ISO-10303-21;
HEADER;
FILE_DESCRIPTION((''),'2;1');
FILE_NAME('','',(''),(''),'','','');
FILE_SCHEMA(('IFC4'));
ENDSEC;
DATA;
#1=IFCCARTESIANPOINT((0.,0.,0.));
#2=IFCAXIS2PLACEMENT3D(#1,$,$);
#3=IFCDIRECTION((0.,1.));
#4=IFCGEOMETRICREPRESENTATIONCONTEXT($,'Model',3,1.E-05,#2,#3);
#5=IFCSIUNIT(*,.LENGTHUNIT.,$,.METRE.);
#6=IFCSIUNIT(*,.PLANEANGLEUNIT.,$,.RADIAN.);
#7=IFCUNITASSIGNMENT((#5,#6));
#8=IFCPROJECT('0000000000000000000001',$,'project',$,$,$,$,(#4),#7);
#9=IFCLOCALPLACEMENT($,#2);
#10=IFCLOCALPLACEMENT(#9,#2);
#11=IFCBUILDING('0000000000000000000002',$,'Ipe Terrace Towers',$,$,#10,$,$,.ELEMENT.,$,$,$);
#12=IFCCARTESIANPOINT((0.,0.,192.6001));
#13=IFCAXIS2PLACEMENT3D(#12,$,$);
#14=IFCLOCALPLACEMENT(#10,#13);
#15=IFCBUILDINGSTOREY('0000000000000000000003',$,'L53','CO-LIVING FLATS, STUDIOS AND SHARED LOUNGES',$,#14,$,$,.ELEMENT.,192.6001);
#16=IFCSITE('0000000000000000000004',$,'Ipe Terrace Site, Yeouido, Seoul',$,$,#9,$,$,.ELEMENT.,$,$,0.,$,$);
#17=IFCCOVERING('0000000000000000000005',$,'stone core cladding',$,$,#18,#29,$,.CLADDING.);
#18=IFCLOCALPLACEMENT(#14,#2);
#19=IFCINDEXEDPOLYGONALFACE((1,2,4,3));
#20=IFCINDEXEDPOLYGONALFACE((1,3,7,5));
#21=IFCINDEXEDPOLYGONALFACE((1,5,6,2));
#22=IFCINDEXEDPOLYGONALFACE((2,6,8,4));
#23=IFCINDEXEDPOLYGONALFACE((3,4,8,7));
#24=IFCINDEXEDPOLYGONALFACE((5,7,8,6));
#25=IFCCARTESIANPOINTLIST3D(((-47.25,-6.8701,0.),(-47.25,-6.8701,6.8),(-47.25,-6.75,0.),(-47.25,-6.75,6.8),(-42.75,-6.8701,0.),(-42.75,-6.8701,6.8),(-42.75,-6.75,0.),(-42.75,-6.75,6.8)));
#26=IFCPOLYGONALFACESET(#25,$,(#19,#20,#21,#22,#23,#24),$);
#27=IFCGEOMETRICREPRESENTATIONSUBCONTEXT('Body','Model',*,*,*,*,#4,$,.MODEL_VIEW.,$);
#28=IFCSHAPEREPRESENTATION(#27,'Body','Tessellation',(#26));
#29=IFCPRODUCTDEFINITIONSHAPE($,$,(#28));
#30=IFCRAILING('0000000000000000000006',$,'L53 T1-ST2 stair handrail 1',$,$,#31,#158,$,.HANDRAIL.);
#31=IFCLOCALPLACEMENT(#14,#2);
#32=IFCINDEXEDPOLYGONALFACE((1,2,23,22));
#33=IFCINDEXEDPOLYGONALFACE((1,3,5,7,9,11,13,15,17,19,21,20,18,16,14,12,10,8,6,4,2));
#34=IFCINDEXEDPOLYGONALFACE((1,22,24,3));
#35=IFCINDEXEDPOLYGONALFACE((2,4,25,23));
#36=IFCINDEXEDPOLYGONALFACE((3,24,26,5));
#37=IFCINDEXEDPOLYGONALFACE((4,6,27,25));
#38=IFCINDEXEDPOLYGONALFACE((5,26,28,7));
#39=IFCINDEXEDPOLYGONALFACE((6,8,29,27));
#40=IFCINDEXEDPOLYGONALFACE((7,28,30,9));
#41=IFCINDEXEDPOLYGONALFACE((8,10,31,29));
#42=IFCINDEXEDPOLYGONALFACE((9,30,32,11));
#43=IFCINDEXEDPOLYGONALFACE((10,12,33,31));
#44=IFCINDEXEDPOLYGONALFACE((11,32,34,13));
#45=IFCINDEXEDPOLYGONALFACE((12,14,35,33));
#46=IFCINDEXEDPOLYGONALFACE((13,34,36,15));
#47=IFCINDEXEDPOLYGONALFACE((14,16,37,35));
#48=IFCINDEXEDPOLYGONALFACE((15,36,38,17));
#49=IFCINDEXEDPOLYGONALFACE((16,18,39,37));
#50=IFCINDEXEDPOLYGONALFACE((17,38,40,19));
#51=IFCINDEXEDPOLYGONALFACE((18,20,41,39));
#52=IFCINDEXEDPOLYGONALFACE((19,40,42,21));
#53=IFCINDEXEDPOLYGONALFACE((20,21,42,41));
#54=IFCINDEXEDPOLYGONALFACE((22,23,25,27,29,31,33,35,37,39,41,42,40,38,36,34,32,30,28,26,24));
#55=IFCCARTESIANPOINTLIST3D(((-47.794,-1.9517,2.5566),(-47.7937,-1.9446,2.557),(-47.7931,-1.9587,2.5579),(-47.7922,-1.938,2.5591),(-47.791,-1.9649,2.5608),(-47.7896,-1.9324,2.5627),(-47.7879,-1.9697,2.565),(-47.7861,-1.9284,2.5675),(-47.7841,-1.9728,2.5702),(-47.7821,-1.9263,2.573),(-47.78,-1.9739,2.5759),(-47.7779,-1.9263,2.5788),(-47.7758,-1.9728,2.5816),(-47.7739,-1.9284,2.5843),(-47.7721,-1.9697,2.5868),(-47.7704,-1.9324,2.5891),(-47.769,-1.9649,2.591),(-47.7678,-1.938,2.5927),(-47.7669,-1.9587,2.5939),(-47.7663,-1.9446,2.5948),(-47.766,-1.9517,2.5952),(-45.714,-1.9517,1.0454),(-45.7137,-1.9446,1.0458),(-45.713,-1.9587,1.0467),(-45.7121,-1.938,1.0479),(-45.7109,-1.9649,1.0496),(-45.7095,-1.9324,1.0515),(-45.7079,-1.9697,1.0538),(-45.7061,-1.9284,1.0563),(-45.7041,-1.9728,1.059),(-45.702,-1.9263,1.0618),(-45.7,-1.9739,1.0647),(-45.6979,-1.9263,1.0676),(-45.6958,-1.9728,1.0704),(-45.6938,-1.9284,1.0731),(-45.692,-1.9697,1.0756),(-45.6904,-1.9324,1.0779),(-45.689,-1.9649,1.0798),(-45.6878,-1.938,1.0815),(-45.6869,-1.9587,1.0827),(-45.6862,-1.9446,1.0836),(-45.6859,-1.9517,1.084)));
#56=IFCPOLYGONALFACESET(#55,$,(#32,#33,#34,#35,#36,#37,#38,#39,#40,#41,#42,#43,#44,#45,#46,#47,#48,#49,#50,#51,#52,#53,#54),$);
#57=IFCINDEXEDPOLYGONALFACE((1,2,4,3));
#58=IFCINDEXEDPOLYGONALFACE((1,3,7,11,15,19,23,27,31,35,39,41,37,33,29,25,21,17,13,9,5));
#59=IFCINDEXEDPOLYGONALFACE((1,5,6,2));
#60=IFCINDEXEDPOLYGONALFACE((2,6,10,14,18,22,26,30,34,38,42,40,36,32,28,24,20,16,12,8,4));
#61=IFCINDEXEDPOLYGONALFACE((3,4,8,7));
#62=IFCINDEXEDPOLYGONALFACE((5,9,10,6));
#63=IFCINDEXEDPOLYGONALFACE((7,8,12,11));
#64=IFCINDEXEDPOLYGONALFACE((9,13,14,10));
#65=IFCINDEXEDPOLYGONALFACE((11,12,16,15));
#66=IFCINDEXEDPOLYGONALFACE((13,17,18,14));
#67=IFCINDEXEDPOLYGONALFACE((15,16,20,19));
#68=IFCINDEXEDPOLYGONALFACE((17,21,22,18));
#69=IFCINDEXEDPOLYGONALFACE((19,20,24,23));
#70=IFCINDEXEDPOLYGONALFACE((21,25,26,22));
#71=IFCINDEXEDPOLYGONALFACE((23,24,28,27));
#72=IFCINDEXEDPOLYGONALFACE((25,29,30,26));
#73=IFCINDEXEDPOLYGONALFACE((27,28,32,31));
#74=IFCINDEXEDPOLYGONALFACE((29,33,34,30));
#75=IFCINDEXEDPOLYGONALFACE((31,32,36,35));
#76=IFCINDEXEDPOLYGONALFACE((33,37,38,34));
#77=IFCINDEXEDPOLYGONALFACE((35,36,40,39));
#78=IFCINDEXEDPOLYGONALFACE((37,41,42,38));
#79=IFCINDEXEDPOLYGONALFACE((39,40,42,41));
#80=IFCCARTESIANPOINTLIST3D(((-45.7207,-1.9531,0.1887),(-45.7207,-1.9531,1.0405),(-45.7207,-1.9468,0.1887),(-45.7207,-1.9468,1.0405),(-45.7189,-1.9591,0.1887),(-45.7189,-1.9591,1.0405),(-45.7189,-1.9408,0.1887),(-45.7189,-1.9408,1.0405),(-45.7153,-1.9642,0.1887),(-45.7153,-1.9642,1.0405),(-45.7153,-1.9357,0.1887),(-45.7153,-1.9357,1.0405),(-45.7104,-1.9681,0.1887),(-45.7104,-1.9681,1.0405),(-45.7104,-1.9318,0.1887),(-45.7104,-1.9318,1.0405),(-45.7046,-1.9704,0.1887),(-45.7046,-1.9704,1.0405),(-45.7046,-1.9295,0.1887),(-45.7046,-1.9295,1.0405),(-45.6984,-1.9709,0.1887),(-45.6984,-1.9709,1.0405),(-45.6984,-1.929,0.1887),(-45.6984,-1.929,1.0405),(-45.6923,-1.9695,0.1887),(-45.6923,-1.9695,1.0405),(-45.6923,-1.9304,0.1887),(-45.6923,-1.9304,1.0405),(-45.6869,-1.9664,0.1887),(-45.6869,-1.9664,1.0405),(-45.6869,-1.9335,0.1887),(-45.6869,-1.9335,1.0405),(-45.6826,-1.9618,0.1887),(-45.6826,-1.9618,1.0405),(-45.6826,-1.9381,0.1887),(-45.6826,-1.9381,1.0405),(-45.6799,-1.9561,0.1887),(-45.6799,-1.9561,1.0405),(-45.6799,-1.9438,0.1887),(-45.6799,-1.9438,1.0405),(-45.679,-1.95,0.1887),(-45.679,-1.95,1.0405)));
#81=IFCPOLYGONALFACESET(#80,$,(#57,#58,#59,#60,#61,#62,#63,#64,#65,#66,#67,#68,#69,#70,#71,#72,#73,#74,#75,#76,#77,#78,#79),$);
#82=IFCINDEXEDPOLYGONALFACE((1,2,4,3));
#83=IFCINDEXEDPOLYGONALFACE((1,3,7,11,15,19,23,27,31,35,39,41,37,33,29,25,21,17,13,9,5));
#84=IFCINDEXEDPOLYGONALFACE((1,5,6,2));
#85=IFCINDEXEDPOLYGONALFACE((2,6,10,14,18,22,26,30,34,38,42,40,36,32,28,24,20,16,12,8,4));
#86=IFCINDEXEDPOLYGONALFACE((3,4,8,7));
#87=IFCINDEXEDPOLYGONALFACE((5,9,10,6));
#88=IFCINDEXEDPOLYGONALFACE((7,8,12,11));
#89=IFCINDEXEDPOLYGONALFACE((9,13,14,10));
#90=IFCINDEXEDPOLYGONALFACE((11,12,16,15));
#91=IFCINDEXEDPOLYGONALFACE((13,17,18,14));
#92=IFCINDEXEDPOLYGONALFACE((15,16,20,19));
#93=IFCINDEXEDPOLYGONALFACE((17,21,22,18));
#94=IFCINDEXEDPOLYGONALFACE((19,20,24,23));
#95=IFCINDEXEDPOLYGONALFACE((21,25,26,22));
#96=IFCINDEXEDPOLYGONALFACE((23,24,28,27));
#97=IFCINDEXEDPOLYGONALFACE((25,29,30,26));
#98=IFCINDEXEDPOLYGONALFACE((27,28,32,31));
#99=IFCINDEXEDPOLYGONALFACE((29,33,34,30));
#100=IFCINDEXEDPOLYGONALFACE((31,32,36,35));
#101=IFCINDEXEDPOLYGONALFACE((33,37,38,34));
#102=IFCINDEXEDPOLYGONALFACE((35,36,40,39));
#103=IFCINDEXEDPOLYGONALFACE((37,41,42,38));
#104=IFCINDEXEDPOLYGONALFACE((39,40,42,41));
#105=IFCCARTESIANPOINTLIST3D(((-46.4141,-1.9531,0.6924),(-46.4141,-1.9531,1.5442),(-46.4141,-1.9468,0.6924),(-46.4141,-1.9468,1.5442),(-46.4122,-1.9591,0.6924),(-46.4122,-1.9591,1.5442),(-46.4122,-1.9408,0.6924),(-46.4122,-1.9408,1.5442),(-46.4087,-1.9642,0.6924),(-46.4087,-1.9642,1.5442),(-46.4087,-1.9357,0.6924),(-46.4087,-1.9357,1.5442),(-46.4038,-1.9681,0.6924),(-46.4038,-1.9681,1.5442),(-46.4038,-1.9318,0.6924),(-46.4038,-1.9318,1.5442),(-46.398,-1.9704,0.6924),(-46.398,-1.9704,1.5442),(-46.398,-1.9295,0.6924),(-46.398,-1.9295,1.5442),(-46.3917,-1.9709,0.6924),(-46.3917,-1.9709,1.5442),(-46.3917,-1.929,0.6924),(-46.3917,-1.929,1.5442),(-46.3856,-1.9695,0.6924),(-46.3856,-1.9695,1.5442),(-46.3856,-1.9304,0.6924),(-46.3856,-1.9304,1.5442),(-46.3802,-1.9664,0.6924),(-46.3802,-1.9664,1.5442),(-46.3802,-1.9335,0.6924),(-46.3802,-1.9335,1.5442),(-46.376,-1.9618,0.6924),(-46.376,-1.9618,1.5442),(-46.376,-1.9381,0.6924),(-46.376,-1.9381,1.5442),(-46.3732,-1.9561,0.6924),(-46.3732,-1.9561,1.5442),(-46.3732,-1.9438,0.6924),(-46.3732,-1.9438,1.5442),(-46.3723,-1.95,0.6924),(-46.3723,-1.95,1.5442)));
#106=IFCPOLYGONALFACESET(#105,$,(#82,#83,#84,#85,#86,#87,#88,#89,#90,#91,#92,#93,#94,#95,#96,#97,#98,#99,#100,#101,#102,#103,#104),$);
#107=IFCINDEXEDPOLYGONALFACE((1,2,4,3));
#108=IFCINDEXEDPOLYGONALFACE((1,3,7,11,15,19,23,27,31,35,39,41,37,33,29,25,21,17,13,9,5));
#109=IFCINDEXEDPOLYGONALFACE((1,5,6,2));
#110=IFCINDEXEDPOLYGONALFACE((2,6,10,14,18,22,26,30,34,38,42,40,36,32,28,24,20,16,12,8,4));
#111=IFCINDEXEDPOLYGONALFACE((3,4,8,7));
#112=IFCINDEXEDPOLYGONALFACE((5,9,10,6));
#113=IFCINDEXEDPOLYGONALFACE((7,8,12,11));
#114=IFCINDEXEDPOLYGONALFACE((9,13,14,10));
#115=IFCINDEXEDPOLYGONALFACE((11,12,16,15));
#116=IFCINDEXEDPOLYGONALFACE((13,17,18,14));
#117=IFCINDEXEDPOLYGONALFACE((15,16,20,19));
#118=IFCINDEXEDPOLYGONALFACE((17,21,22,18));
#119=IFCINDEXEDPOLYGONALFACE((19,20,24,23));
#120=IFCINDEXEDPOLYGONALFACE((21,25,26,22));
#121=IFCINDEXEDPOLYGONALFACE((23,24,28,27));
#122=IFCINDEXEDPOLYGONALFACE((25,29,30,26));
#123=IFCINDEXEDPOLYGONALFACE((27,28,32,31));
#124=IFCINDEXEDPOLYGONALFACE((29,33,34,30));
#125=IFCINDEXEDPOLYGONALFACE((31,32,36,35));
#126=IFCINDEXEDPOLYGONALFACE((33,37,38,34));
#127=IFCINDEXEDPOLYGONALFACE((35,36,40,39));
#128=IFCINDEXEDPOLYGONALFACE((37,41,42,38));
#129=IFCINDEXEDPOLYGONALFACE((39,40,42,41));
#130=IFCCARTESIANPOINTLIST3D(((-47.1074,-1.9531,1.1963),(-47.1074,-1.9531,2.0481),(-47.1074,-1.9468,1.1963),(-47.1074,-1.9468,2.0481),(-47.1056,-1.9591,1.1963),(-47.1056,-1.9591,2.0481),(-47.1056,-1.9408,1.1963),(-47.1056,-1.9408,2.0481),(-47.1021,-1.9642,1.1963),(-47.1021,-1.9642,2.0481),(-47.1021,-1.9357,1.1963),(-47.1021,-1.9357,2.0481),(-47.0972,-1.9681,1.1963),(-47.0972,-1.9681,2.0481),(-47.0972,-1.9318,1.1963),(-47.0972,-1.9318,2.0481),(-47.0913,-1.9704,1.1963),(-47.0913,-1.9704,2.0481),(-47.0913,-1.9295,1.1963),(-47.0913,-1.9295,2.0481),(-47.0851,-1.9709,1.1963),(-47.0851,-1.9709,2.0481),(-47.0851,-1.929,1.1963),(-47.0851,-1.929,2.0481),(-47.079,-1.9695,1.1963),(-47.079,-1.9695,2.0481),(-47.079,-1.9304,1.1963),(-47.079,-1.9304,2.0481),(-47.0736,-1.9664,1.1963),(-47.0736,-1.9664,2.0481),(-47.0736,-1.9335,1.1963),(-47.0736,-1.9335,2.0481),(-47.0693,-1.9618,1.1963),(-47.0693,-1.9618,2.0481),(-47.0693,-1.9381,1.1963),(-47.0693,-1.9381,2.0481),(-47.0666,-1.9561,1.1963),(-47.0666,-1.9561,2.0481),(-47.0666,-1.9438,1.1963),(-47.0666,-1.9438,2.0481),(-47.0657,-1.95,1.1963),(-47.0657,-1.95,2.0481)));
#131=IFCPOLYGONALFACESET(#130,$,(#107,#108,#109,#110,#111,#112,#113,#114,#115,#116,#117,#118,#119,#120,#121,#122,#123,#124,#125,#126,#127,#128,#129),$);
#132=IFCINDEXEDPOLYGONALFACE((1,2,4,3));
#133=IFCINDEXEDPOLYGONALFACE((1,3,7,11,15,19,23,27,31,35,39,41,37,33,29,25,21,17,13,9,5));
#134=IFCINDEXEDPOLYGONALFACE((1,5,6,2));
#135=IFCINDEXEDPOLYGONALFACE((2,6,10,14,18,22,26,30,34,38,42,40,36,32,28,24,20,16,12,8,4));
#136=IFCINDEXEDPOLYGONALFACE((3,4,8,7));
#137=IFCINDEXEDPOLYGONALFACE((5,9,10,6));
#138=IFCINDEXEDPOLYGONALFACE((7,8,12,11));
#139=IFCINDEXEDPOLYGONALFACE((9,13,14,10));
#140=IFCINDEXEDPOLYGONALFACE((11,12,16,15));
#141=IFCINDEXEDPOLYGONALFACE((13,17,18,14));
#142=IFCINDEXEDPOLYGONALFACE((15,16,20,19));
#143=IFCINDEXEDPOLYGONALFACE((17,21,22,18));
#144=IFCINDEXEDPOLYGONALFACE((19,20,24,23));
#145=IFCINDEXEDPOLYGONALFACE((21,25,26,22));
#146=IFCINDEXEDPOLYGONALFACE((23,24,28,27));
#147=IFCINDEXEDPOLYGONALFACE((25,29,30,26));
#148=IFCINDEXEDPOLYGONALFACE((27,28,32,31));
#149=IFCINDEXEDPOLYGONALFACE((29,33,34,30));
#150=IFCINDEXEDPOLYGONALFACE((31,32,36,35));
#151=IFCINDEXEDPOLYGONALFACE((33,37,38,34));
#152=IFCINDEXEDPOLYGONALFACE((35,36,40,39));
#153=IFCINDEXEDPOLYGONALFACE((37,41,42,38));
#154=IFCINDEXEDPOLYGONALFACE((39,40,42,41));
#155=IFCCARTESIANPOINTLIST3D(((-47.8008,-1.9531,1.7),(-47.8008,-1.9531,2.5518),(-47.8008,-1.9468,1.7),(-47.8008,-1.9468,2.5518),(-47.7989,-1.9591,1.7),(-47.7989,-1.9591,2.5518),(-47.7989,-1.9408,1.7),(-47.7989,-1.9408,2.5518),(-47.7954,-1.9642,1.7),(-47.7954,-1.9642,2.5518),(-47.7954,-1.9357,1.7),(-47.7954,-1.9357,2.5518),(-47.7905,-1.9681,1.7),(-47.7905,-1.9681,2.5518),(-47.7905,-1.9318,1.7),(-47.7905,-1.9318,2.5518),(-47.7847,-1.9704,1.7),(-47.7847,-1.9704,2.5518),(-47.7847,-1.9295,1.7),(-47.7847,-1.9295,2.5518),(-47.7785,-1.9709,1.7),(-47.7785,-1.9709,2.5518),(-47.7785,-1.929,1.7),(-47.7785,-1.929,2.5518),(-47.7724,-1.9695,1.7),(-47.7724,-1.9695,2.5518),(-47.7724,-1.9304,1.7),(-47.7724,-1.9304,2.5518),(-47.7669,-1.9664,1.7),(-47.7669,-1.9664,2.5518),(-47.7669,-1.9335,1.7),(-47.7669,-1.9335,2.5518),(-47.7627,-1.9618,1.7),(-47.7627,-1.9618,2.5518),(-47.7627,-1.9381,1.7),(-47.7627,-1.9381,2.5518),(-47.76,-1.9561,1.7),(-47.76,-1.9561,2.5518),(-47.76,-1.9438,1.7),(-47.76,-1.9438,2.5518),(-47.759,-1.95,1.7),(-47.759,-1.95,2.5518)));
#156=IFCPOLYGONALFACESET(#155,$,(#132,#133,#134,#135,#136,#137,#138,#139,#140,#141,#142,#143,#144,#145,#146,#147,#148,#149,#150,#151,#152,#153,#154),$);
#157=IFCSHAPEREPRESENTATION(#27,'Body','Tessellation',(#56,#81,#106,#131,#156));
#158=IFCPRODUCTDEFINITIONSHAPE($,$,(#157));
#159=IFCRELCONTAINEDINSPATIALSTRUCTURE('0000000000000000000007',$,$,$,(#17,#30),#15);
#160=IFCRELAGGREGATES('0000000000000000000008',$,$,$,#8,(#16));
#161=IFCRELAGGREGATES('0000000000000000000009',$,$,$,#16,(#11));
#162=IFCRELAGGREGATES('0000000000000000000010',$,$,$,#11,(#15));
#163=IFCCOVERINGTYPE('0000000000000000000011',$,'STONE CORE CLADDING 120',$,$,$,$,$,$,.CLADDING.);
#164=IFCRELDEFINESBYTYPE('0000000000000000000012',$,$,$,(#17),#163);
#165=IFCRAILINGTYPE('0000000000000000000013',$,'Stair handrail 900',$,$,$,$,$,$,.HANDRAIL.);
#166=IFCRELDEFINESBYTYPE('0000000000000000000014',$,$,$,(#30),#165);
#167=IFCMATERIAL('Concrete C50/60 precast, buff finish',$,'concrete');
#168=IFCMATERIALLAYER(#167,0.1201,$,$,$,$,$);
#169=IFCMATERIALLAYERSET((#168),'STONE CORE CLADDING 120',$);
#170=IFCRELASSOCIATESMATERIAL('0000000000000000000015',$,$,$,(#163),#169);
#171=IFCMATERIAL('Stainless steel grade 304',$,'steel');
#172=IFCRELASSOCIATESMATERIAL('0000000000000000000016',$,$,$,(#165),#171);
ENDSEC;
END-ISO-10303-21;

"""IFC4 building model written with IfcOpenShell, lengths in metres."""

from ifc_helpers import new_model, si_unit, direction, frame, origin, origin_2d, place, context, subcontext, project, spatial, rectangle, circle, extrude, material, layer, layer_set, type_object, element, save


model = new_model("IFC4")

# Units and contexts
model_context = context("Model", 3, precision=1e-05, world=origin(), true_north=direction((0.0, 1.0)))
body_context = subcontext(model_context, "Body", "Model", "MODEL_VIEW")
ifc_project = project(units=[si_unit("LENGTHUNIT", "METRE"), si_unit("PLANEANGLEUNIT", "RADIAN")], contexts=[model_context])

# Site, building, storey
site_placement = place(None, origin())
site = spatial("IfcSite", under=ifc_project, at=site_placement, Name="Ipe Terrace Site, Yeouido, Seoul", CompositionType="ELEMENT", RefElevation=0.0)
building_placement = place(site_placement, origin())
building = spatial("IfcBuilding", under=site, at=building_placement, Name="Ipe Terrace Towers", CompositionType="ELEMENT")
storey_placement = place(building_placement, frame((0.0, 0.0, 192.6001)))
storey = spatial("IfcBuildingStorey", under=building, at=storey_placement, Name="L53", Description="CO-LIVING FLATS, STUDIOS AND SHARED LOUNGES", CompositionType="ELEMENT", Elevation=192.6001)

# Covering
ifc_material_1 = material(Name="Concrete C50/60 precast, buff finish", Category="concrete")
ifc_layer_1 = layer(ifc_material_1, 0.1201)
ifc_layer_set_1 = layer_set([ifc_layer_1], Name="STONE CORE CLADDING 120")
covering_type = type_object("IfcCoveringType", Name="STONE CORE CLADDING 120", PredefinedType="CLADDING", material=ifc_layer_set_1)
covering_placement = place(storey_placement, frame((-45.0, -6.8101, 0.0), z_axis=(0.0, 0.0, 1.0), x_axis=(1.0, 0.0, 0.0)))
element("IfcCovering", 1, at=covering_placement, inside=storey, type_object=covering_type, Name="stone core cladding", PredefinedType="CLADDING", context=body_context, shape_type="SweptSolid", body=[
    extrude(rectangle(XDim=4.5, YDim=0.1201, at=origin_2d()), origin(), (0.0, 0.0, 1.0), 6.8),
])

# Railing
ifc_material_2 = material(Name="Stainless steel grade 304", Category="steel")
railing_type_1 = type_object("IfcRailingType", Name="Stair handrail 900", PredefinedType="HANDRAIL", material=ifc_material_2)
railing_1_placement = place(storey_placement, frame((-45.7, -1.95, 0.1887)))
element("IfcRailing", 2, at=railing_1_placement, inside=storey, type_object=railing_type_1, Name="L53 T1-ST2 stair handrail 1", PredefinedType="HANDRAIL", context=body_context, shape_type="SweptSolid", body=[
    extrude(circle(Radius=0.0239, at=origin_2d()), frame((0.0, 0.0, 0.876), z_axis=(-0.809023, 0.0, 0.587776), x_axis=(0.0, -1.0, 0.0)), (0.0, 0.0, 1.0), 2.571),
    extrude(circle(Radius=0.021, at=origin_2d()), origin(), (0.0, 0.0, 1.0), 0.8518),
    extrude(circle(Radius=0.021, at=origin_2d()), frame((-0.6934, 0.0, 0.5037)), (0.0, 0.0, 1.0), 0.8518),
    extrude(circle(Radius=0.021, at=origin_2d()), frame((-1.3867, 0.0, 1.0076)), (0.0, 0.0, 1.0), 0.8518),
    extrude(circle(Radius=0.021, at=origin_2d()), frame((-2.0801, 0.0, 1.5112)), (0.0, 0.0, 1.0), 0.8518),
])

save(model, "model.ifc")
